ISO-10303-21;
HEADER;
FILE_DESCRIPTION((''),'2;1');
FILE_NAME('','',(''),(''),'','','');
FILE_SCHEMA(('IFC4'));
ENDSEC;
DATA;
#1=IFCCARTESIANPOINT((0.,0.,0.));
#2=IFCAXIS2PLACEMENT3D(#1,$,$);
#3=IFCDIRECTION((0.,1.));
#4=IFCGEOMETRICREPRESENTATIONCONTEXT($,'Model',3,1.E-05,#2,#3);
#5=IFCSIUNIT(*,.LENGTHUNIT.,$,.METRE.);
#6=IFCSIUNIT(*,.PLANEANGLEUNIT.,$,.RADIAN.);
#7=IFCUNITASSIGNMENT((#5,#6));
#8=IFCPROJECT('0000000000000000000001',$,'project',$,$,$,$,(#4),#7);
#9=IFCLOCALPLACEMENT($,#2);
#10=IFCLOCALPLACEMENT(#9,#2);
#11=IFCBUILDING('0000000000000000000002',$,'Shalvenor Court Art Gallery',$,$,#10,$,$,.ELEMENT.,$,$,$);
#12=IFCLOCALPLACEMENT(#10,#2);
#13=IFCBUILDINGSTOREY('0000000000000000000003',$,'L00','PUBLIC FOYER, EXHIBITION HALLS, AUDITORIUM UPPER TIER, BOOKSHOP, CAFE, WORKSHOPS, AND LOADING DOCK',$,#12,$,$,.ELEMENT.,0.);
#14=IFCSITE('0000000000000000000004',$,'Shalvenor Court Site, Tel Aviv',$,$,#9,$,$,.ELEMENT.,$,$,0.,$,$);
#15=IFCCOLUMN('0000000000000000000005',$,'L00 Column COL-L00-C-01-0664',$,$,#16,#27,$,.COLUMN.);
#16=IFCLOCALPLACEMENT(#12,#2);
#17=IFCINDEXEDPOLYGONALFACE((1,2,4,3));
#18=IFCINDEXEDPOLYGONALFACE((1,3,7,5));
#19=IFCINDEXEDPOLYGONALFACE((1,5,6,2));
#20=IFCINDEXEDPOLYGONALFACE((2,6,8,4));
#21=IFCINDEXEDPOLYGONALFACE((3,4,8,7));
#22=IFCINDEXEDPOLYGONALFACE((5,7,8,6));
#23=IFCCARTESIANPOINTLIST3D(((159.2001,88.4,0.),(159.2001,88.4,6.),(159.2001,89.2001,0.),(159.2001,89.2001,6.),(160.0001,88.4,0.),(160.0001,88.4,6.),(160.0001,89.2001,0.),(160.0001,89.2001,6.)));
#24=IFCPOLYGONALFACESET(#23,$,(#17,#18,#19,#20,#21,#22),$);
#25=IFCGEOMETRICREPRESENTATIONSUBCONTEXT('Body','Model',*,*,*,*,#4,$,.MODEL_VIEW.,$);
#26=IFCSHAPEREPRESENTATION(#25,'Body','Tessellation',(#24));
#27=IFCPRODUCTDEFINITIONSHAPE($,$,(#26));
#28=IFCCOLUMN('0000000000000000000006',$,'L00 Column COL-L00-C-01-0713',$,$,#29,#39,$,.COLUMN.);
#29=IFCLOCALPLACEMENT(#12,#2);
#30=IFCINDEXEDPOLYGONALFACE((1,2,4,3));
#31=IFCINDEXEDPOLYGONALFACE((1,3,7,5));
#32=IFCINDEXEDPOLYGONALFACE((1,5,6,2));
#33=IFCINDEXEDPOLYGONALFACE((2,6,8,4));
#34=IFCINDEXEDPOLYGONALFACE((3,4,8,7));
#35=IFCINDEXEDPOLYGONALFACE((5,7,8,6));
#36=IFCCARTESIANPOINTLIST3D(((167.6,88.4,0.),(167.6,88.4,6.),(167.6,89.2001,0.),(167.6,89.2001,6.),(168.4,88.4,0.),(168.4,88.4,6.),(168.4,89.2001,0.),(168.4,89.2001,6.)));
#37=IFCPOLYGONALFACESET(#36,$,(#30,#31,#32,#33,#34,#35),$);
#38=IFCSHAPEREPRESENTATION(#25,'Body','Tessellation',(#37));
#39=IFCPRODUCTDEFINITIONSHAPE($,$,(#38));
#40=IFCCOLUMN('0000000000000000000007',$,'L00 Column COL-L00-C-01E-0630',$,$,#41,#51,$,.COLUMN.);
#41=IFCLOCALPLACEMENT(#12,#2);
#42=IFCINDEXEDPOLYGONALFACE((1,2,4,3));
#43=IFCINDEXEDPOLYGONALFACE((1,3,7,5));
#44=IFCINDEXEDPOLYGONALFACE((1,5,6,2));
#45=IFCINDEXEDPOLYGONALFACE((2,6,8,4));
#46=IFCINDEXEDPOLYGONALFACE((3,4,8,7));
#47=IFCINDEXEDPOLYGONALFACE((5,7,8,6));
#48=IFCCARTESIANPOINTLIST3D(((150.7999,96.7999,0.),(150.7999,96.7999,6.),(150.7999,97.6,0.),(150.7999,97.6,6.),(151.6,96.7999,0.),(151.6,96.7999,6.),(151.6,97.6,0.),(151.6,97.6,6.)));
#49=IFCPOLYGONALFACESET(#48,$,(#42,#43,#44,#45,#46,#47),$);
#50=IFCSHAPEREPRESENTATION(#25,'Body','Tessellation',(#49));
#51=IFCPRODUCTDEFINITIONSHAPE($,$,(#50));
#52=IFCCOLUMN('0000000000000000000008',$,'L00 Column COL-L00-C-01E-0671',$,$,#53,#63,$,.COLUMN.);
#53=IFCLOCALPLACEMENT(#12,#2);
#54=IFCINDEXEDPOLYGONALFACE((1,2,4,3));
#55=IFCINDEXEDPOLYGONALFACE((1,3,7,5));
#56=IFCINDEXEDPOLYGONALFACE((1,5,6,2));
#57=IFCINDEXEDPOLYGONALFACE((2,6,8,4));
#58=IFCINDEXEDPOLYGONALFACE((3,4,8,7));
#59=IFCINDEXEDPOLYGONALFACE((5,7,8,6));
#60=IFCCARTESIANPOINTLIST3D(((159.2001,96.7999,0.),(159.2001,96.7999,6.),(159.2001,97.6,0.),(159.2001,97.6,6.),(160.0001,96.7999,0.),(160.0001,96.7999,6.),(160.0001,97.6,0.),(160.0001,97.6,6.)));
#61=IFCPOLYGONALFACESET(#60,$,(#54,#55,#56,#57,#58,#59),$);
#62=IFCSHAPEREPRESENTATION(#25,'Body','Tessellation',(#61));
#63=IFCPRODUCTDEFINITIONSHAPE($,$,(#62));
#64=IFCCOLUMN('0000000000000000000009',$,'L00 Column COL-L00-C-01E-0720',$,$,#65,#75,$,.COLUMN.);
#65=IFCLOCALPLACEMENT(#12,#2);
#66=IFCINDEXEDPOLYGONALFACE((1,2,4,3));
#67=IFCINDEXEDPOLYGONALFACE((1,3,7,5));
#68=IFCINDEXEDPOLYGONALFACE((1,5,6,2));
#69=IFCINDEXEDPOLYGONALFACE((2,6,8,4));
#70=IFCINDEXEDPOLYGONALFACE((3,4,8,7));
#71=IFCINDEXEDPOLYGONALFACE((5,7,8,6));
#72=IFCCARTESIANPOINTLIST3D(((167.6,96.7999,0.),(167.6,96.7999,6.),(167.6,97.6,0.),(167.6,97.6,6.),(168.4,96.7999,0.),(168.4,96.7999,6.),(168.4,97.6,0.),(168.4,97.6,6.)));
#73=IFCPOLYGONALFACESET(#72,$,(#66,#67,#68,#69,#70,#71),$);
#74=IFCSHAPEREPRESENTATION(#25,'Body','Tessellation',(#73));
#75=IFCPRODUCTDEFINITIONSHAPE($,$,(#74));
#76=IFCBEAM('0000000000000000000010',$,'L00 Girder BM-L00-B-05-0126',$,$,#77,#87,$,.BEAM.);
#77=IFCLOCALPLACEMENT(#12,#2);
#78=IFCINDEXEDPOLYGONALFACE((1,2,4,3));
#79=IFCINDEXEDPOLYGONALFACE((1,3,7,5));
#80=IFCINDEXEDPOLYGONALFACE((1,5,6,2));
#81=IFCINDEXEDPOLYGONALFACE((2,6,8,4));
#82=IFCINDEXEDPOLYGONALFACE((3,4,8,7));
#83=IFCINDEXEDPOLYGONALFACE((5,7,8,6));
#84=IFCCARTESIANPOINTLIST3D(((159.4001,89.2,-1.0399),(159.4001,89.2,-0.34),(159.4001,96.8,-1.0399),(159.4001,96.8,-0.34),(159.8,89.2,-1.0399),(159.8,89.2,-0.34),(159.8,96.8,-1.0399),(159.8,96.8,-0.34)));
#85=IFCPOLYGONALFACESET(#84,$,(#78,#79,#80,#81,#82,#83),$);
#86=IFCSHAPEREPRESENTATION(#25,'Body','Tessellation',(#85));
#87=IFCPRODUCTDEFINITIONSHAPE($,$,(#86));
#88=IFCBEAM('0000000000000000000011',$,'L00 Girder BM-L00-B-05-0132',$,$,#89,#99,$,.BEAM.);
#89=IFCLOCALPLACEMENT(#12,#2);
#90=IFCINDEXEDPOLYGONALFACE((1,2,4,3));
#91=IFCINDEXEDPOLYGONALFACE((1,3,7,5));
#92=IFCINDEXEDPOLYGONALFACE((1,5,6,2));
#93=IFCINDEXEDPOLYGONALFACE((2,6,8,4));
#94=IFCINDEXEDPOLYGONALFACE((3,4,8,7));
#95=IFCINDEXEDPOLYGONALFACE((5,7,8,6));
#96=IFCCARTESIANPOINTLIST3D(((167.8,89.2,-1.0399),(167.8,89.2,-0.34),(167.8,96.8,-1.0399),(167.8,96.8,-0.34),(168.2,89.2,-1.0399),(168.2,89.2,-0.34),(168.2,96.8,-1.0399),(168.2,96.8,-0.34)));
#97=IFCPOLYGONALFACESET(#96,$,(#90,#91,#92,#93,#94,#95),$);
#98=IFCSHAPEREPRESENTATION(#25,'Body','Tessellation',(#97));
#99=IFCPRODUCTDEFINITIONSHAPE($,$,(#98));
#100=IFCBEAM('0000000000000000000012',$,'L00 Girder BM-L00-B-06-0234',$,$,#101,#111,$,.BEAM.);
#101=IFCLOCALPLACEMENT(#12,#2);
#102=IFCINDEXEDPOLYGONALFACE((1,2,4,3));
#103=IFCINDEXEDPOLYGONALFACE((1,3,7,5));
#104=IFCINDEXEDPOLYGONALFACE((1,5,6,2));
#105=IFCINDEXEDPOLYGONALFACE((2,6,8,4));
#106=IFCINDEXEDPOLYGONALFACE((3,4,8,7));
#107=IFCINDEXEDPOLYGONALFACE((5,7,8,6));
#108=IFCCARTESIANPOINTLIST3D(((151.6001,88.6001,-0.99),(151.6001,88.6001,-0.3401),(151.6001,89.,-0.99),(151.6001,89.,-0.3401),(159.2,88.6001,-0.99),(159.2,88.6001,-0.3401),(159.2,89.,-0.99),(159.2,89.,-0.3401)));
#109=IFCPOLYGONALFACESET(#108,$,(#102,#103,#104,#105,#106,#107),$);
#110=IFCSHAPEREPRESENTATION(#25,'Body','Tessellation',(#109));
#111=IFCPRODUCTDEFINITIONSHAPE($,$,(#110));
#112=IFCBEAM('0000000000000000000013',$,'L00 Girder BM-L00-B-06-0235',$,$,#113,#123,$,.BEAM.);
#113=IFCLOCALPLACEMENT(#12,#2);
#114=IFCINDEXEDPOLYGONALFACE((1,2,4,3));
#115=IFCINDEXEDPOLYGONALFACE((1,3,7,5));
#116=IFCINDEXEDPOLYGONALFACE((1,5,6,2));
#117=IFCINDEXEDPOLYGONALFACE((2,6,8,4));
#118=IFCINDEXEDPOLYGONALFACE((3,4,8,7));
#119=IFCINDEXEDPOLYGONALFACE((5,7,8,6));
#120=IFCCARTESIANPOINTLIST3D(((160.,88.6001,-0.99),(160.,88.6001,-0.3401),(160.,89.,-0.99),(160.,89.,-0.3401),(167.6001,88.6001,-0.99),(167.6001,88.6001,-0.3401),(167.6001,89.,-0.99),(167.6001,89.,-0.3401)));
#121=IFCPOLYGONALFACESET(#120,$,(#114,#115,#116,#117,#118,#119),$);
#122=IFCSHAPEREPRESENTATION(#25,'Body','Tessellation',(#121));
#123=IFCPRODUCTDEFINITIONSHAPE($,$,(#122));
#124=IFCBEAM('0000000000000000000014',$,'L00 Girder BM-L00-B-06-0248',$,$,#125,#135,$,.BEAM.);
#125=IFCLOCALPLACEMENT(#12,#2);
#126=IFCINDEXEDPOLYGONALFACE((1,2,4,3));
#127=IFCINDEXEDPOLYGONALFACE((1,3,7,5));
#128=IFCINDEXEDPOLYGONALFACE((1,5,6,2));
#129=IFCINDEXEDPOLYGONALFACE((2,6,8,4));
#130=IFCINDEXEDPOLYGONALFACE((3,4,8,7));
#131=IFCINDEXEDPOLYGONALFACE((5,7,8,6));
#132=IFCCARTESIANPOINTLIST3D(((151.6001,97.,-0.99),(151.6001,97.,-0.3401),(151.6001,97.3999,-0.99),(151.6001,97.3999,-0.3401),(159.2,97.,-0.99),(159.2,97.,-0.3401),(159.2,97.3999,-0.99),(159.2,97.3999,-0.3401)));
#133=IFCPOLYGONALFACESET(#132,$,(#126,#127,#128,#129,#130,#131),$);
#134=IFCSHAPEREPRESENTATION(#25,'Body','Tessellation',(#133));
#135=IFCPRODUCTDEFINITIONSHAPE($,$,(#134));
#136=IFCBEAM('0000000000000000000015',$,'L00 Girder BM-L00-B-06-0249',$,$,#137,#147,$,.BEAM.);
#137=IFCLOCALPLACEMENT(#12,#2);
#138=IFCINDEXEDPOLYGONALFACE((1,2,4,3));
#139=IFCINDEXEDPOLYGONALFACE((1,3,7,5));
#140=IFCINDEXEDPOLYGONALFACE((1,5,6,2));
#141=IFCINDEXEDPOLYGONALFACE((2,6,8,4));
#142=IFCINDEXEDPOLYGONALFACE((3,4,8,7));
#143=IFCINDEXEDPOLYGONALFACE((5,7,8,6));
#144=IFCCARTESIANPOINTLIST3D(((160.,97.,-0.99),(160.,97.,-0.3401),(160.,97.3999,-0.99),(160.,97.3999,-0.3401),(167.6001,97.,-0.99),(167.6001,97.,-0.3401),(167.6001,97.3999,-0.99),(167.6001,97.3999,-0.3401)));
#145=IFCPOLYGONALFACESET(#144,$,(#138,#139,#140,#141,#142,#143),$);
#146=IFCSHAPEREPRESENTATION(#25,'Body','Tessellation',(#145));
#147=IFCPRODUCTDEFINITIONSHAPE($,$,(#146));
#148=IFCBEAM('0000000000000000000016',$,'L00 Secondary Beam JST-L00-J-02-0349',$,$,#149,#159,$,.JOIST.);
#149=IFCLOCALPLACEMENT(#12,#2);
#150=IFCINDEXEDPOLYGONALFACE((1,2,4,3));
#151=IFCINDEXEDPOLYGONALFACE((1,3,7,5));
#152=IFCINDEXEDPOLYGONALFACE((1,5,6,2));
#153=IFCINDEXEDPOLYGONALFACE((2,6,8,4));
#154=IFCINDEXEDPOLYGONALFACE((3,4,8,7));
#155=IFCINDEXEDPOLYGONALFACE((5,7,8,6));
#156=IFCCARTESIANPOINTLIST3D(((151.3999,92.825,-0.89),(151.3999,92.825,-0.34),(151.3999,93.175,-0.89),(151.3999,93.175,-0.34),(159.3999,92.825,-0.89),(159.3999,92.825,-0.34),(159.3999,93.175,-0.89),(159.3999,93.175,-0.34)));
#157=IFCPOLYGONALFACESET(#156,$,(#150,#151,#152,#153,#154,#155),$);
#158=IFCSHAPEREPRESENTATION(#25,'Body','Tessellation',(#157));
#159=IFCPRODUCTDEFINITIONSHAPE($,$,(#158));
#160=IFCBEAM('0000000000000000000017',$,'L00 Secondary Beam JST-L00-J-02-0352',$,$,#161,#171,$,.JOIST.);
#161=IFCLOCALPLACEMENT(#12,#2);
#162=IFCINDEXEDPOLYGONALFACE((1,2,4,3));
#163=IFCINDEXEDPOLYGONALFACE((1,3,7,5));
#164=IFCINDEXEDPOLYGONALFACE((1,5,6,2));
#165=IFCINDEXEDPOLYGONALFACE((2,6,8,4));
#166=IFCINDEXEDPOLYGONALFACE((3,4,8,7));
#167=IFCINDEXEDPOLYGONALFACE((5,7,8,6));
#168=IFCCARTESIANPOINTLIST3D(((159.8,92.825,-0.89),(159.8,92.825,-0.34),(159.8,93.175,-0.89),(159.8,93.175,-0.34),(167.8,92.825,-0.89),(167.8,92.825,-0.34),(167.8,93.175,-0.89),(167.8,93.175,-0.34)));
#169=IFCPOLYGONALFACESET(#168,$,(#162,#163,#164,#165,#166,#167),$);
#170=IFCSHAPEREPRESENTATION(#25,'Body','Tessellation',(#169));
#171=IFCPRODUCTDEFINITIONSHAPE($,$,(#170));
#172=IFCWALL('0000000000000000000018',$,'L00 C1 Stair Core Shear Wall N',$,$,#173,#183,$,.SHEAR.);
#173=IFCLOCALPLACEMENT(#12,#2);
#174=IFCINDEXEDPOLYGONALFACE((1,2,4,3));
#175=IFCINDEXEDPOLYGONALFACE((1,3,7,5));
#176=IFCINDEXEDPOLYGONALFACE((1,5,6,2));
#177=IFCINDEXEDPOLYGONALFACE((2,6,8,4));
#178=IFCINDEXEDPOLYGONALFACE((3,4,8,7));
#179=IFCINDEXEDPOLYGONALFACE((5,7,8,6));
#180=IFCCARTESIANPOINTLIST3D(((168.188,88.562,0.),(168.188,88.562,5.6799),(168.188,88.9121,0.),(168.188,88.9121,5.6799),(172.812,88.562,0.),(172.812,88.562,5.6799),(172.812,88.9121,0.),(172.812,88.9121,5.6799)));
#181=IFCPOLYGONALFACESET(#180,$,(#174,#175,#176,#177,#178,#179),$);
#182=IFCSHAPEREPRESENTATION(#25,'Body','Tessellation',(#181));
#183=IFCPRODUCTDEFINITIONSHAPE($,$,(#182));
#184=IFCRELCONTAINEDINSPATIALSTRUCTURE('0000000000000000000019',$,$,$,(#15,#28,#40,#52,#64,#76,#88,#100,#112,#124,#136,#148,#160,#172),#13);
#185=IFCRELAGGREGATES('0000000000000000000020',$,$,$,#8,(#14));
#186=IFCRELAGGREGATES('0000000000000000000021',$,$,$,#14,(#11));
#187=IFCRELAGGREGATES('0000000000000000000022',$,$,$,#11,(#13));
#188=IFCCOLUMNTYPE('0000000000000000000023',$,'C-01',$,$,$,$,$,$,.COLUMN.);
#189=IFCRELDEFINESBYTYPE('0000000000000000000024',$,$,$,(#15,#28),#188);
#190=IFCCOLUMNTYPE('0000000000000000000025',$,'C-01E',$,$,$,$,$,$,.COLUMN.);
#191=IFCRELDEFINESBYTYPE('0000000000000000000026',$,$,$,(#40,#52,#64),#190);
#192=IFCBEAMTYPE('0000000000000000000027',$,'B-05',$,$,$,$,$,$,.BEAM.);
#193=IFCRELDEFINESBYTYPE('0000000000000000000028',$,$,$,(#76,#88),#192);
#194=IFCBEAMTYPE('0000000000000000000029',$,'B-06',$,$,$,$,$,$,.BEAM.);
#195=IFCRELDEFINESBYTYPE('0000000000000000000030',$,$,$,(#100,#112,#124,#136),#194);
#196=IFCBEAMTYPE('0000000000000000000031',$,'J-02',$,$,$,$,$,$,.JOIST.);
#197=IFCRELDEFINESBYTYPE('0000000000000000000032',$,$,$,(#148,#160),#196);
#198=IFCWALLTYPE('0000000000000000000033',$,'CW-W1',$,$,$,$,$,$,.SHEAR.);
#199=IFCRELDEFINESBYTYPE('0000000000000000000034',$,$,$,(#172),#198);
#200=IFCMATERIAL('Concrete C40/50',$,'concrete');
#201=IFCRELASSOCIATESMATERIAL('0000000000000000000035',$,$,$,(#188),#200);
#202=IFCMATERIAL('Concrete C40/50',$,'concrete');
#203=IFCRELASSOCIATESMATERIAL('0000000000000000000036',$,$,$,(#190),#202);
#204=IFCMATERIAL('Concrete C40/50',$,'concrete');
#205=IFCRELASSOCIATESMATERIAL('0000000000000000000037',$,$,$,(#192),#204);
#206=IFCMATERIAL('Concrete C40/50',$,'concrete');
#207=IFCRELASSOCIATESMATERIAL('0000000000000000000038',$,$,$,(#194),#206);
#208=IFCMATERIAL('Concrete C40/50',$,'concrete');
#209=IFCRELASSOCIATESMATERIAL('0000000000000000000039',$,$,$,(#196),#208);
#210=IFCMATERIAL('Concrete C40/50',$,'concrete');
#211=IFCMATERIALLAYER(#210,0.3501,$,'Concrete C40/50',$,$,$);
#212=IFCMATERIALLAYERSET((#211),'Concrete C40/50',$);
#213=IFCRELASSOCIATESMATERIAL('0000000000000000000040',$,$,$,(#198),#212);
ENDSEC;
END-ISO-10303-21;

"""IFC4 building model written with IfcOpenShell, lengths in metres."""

from ifc_helpers import new_model, si_unit, direction, frame, frame_2d, origin, origin_2d, place, context, subcontext, project, spatial, rectangle, extrude, material, layer, layer_set, material_profile, profile_set, type_object, element, save


model = new_model("IFC4")

# Units and contexts
model_context = context("Model", 3, precision=1e-05, world=origin(), true_north=direction((0.0, 1.0)))
body_context = subcontext(model_context, "Body", "Model", "MODEL_VIEW")
ifc_project = project(units=[si_unit("LENGTHUNIT", "METRE"), si_unit("PLANEANGLEUNIT", "RADIAN")], contexts=[model_context])

# Site, building, storey
site_placement = place(None, origin())
site = spatial("IfcSite", under=ifc_project, at=site_placement, Name="Shalvenor Court Site, Tel Aviv", CompositionType="ELEMENT", RefElevation=0.0)
building_placement = place(site_placement, origin())
building = spatial("IfcBuilding", under=site, at=building_placement, Name="Shalvenor Court Art Gallery", CompositionType="ELEMENT")
storey_placement = place(building_placement, origin())
storey = spatial("IfcBuildingStorey", under=building, at=storey_placement, Name="L00", Description="PUBLIC FOYER, EXHIBITION HALLS, AUDITORIUM UPPER TIER, BOOKSHOP, CAFE, WORKSHOPS, AND LOADING DOCK", CompositionType="ELEMENT", Elevation=0.0)

# Columns
ifc_material_1 = material(Name="Concrete C40/50", Category="concrete")
ifc_material_profile_1 = material_profile(ifc_material_1, rectangle(XDim=0.8, YDim=0.8, at=origin_2d()), Name="RC 800x800")
ifc_profile_set_1 = profile_set([ifc_material_profile_1], Name="Concrete C40/50")
column_type_1 = type_object("IfcColumnType", Name="C-01", PredefinedType="COLUMN", material=ifc_profile_set_1)
for number, where, z_axis, x_axis, name in (
    (1, (159.6001, 88.8, 0.0), (0.0, 0.0, 1.0), (1.0, 0.0, 0.0), "L00 Column COL-L00-C-01-0664"),
    (2, (168.0, 88.8, 0.0), (0.0, 0.0, 1.0), (1.0, 0.0, 0.0), "L00 Column COL-L00-C-01-0713"),
):
    element("IfcColumn", number, at=place(storey_placement, frame(where, z_axis=z_axis, x_axis=x_axis)), inside=storey, type_object=column_type_1, Name=name, PredefinedType="COLUMN", context=body_context, shape_type="SweptSolid", body=[
        extrude(rectangle(XDim=0.8, YDim=0.8, at=origin_2d()), origin(), (0.0, 0.0, 1.0), 6.0),
    ])
ifc_material_2 = material(Name="Concrete C40/50", Category="concrete")
ifc_material_profile_2 = material_profile(ifc_material_2, rectangle(XDim=0.8, YDim=0.8, at=origin_2d()), Name="RC 800x800")
ifc_profile_set_2 = profile_set([ifc_material_profile_2], Name="Concrete C40/50")
column_type_2 = type_object("IfcColumnType", Name="C-01E", PredefinedType="COLUMN", material=ifc_profile_set_2)
for number, where, z_axis, x_axis, name in (
    (3, (151.2, 97.2, 0.0), (0.0, 0.0, 1.0), (1.0, 0.0, 0.0), "L00 Column COL-L00-C-01E-0630"),
    (4, (159.6001, 97.2, 0.0), (0.0, 0.0, 1.0), (1.0, 0.0, 0.0), "L00 Column COL-L00-C-01E-0671"),
    (5, (168.0, 97.2, 0.0), (0.0, 0.0, 1.0), (1.0, 0.0, 0.0), "L00 Column COL-L00-C-01E-0720"),
):
    element("IfcColumn", number, at=place(storey_placement, frame(where, z_axis=z_axis, x_axis=x_axis)), inside=storey, type_object=column_type_2, Name=name, PredefinedType="COLUMN", context=body_context, shape_type="SweptSolid", body=[
        extrude(rectangle(XDim=0.8, YDim=0.8, at=origin_2d()), origin(), (0.0, 0.0, 1.0), 6.0),
    ])

# Beams
ifc_material_3 = material(Name="Concrete C40/50", Category="concrete")
ifc_material_profile_3 = material_profile(ifc_material_3, rectangle(XDim=0.3999, YDim=0.7, at=origin_2d()), Name="RC 400x700")
ifc_profile_set_3 = profile_set([ifc_material_profile_3], Name="Concrete C40/50")
beam_type_1 = type_object("IfcBeamType", Name="B-05", PredefinedType="BEAM", material=ifc_profile_set_3)
for number, where, z_axis, x_axis, name in (
    (6, (159.6001, 89.2, -0.6899), (0.0, 1.0, 0.0), (-1.0, 0.0, 0.0), "L00 Girder BM-L00-B-05-0126"),
    (7, (168.0, 89.2, -0.6899), (0.0, 1.0, 0.0), (-1.0, 0.0, 0.0), "L00 Girder BM-L00-B-05-0132"),
):
    element("IfcBeam", number, at=place(storey_placement, frame(where, z_axis=z_axis, x_axis=x_axis)), inside=storey, type_object=beam_type_1, Name=name, PredefinedType="BEAM", context=body_context, shape_type="SweptSolid", body=[
        extrude(rectangle(XDim=0.3999, YDim=0.7, at=origin_2d()), origin(), (0.0, 0.0, 1.0), 7.6001),
    ])
ifc_material_4 = material(Name="Concrete C40/50", Category="concrete")
ifc_material_profile_4 = material_profile(ifc_material_4, rectangle(XDim=0.3999, YDim=0.6499, at=origin_2d()), Name="RC 400x650")
ifc_profile_set_4 = profile_set([ifc_material_profile_4], Name="Concrete C40/50")
beam_type_2 = type_object("IfcBeamType", Name="B-06", PredefinedType="BEAM", material=ifc_profile_set_4)
beam_1_placement = place(storey_placement, frame((151.6001, 88.8, -0.665), z_axis=(1.0, 0.0, 0.0), x_axis=(0.0, 1.0, 0.0)))
element("IfcBeam", 8, at=beam_1_placement, inside=storey, type_object=beam_type_2, Name="L00 Girder BM-L00-B-06-0234", PredefinedType="BEAM", context=body_context, shape_type="SweptSolid", body=[
    extrude(rectangle(XDim=0.3999, YDim=0.6499, at=origin_2d()), origin(), (0.0, 0.0, 1.0), 7.5999),
])
beam_2_placement = place(storey_placement, frame((160.0, 88.8, -0.665), z_axis=(1.0, 0.0, 0.0), x_axis=(0.0, 1.0, 0.0)))
element("IfcBeam", 9, at=beam_2_placement, inside=storey, type_object=beam_type_2, Name="L00 Girder BM-L00-B-06-0235", PredefinedType="BEAM", context=body_context, shape_type="SweptSolid", body=[
    extrude(rectangle(XDim=0.3999, YDim=0.6499, at=origin_2d()), origin(), (0.0, 0.0, 1.0), 7.6001),
])
beam_3_placement = place(storey_placement, frame((151.6001, 97.2, -0.665), z_axis=(1.0, 0.0, 0.0), x_axis=(0.0, 1.0, 0.0)))
element("IfcBeam", 10, at=beam_3_placement, inside=storey, type_object=beam_type_2, Name="L00 Girder BM-L00-B-06-0248", PredefinedType="BEAM", context=body_context, shape_type="SweptSolid", body=[
    extrude(rectangle(XDim=0.3999, YDim=0.6499, at=origin_2d()), origin(), (0.0, 0.0, 1.0), 7.5999),
])
beam_4_placement = place(storey_placement, frame((160.0, 97.2, -0.665), z_axis=(1.0, 0.0, 0.0), x_axis=(0.0, 1.0, 0.0)))
element("IfcBeam", 11, at=beam_4_placement, inside=storey, type_object=beam_type_2, Name="L00 Girder BM-L00-B-06-0249", PredefinedType="BEAM", context=body_context, shape_type="SweptSolid", body=[
    extrude(rectangle(XDim=0.3999, YDim=0.6499, at=origin_2d()), origin(), (0.0, 0.0, 1.0), 7.6001),
])
ifc_material_5 = material(Name="Concrete C40/50", Category="concrete")
ifc_material_profile_5 = material_profile(ifc_material_5, rectangle(XDim=0.3501, YDim=0.55, at=origin_2d()), Name="RC 350x550")
ifc_profile_set_5 = profile_set([ifc_material_profile_5], Name="Concrete C40/50")
beam_type_3 = type_object("IfcBeamType", Name="J-02", PredefinedType="JOIST", material=ifc_profile_set_5)
for number, where, z_axis, x_axis, name in (
    (12, (151.3999, 93.0, -0.615), (1.0, 0.0, 0.0), (0.0, 1.0, 0.0), "L00 Secondary Beam JST-L00-J-02-0349"),
    (13, (159.8, 93.0, -0.615), (1.0, 0.0, 0.0), (0.0, 1.0, 0.0), "L00 Secondary Beam JST-L00-J-02-0352"),
):
    element("IfcBeam", number, at=place(storey_placement, frame(where, z_axis=z_axis, x_axis=x_axis)), inside=storey, type_object=beam_type_3, Name=name, PredefinedType="JOIST", context=body_context, shape_type="SweptSolid", body=[
        extrude(rectangle(XDim=0.3501, YDim=0.55, at=origin_2d()), origin(), (0.0, 0.0, 1.0), 8.0),
    ])

# Wall
ifc_material_6 = material(Name="Concrete C40/50", Category="concrete")
ifc_layer_1 = layer(ifc_material_6, 0.3501, Name="Concrete C40/50")
ifc_layer_set_1 = layer_set([ifc_layer_1], Name="Concrete C40/50")
wall_type_1 = type_object("IfcWallType", Name="CW-W1", PredefinedType="SHEAR", material=ifc_layer_set_1)
wall_1_placement = place(storey_placement, frame((168.188, 88.7371, 0.0), z_axis=(0.0, 0.0, 1.0), x_axis=(1.0, 0.0, 0.0)))
element("IfcWall", 14, at=wall_1_placement, inside=storey, type_object=wall_type_1, Name="L00 C1 Stair Core Shear Wall N", PredefinedType="SHEAR", context=body_context, shape_type="SweptSolid", body=[
    extrude(rectangle(XDim=4.624, YDim=0.3501, at=frame_2d((2.312, 0.0))), origin(), (0.0, 0.0, 1.0), 5.6799),
])

save(model, "model.ifc")
